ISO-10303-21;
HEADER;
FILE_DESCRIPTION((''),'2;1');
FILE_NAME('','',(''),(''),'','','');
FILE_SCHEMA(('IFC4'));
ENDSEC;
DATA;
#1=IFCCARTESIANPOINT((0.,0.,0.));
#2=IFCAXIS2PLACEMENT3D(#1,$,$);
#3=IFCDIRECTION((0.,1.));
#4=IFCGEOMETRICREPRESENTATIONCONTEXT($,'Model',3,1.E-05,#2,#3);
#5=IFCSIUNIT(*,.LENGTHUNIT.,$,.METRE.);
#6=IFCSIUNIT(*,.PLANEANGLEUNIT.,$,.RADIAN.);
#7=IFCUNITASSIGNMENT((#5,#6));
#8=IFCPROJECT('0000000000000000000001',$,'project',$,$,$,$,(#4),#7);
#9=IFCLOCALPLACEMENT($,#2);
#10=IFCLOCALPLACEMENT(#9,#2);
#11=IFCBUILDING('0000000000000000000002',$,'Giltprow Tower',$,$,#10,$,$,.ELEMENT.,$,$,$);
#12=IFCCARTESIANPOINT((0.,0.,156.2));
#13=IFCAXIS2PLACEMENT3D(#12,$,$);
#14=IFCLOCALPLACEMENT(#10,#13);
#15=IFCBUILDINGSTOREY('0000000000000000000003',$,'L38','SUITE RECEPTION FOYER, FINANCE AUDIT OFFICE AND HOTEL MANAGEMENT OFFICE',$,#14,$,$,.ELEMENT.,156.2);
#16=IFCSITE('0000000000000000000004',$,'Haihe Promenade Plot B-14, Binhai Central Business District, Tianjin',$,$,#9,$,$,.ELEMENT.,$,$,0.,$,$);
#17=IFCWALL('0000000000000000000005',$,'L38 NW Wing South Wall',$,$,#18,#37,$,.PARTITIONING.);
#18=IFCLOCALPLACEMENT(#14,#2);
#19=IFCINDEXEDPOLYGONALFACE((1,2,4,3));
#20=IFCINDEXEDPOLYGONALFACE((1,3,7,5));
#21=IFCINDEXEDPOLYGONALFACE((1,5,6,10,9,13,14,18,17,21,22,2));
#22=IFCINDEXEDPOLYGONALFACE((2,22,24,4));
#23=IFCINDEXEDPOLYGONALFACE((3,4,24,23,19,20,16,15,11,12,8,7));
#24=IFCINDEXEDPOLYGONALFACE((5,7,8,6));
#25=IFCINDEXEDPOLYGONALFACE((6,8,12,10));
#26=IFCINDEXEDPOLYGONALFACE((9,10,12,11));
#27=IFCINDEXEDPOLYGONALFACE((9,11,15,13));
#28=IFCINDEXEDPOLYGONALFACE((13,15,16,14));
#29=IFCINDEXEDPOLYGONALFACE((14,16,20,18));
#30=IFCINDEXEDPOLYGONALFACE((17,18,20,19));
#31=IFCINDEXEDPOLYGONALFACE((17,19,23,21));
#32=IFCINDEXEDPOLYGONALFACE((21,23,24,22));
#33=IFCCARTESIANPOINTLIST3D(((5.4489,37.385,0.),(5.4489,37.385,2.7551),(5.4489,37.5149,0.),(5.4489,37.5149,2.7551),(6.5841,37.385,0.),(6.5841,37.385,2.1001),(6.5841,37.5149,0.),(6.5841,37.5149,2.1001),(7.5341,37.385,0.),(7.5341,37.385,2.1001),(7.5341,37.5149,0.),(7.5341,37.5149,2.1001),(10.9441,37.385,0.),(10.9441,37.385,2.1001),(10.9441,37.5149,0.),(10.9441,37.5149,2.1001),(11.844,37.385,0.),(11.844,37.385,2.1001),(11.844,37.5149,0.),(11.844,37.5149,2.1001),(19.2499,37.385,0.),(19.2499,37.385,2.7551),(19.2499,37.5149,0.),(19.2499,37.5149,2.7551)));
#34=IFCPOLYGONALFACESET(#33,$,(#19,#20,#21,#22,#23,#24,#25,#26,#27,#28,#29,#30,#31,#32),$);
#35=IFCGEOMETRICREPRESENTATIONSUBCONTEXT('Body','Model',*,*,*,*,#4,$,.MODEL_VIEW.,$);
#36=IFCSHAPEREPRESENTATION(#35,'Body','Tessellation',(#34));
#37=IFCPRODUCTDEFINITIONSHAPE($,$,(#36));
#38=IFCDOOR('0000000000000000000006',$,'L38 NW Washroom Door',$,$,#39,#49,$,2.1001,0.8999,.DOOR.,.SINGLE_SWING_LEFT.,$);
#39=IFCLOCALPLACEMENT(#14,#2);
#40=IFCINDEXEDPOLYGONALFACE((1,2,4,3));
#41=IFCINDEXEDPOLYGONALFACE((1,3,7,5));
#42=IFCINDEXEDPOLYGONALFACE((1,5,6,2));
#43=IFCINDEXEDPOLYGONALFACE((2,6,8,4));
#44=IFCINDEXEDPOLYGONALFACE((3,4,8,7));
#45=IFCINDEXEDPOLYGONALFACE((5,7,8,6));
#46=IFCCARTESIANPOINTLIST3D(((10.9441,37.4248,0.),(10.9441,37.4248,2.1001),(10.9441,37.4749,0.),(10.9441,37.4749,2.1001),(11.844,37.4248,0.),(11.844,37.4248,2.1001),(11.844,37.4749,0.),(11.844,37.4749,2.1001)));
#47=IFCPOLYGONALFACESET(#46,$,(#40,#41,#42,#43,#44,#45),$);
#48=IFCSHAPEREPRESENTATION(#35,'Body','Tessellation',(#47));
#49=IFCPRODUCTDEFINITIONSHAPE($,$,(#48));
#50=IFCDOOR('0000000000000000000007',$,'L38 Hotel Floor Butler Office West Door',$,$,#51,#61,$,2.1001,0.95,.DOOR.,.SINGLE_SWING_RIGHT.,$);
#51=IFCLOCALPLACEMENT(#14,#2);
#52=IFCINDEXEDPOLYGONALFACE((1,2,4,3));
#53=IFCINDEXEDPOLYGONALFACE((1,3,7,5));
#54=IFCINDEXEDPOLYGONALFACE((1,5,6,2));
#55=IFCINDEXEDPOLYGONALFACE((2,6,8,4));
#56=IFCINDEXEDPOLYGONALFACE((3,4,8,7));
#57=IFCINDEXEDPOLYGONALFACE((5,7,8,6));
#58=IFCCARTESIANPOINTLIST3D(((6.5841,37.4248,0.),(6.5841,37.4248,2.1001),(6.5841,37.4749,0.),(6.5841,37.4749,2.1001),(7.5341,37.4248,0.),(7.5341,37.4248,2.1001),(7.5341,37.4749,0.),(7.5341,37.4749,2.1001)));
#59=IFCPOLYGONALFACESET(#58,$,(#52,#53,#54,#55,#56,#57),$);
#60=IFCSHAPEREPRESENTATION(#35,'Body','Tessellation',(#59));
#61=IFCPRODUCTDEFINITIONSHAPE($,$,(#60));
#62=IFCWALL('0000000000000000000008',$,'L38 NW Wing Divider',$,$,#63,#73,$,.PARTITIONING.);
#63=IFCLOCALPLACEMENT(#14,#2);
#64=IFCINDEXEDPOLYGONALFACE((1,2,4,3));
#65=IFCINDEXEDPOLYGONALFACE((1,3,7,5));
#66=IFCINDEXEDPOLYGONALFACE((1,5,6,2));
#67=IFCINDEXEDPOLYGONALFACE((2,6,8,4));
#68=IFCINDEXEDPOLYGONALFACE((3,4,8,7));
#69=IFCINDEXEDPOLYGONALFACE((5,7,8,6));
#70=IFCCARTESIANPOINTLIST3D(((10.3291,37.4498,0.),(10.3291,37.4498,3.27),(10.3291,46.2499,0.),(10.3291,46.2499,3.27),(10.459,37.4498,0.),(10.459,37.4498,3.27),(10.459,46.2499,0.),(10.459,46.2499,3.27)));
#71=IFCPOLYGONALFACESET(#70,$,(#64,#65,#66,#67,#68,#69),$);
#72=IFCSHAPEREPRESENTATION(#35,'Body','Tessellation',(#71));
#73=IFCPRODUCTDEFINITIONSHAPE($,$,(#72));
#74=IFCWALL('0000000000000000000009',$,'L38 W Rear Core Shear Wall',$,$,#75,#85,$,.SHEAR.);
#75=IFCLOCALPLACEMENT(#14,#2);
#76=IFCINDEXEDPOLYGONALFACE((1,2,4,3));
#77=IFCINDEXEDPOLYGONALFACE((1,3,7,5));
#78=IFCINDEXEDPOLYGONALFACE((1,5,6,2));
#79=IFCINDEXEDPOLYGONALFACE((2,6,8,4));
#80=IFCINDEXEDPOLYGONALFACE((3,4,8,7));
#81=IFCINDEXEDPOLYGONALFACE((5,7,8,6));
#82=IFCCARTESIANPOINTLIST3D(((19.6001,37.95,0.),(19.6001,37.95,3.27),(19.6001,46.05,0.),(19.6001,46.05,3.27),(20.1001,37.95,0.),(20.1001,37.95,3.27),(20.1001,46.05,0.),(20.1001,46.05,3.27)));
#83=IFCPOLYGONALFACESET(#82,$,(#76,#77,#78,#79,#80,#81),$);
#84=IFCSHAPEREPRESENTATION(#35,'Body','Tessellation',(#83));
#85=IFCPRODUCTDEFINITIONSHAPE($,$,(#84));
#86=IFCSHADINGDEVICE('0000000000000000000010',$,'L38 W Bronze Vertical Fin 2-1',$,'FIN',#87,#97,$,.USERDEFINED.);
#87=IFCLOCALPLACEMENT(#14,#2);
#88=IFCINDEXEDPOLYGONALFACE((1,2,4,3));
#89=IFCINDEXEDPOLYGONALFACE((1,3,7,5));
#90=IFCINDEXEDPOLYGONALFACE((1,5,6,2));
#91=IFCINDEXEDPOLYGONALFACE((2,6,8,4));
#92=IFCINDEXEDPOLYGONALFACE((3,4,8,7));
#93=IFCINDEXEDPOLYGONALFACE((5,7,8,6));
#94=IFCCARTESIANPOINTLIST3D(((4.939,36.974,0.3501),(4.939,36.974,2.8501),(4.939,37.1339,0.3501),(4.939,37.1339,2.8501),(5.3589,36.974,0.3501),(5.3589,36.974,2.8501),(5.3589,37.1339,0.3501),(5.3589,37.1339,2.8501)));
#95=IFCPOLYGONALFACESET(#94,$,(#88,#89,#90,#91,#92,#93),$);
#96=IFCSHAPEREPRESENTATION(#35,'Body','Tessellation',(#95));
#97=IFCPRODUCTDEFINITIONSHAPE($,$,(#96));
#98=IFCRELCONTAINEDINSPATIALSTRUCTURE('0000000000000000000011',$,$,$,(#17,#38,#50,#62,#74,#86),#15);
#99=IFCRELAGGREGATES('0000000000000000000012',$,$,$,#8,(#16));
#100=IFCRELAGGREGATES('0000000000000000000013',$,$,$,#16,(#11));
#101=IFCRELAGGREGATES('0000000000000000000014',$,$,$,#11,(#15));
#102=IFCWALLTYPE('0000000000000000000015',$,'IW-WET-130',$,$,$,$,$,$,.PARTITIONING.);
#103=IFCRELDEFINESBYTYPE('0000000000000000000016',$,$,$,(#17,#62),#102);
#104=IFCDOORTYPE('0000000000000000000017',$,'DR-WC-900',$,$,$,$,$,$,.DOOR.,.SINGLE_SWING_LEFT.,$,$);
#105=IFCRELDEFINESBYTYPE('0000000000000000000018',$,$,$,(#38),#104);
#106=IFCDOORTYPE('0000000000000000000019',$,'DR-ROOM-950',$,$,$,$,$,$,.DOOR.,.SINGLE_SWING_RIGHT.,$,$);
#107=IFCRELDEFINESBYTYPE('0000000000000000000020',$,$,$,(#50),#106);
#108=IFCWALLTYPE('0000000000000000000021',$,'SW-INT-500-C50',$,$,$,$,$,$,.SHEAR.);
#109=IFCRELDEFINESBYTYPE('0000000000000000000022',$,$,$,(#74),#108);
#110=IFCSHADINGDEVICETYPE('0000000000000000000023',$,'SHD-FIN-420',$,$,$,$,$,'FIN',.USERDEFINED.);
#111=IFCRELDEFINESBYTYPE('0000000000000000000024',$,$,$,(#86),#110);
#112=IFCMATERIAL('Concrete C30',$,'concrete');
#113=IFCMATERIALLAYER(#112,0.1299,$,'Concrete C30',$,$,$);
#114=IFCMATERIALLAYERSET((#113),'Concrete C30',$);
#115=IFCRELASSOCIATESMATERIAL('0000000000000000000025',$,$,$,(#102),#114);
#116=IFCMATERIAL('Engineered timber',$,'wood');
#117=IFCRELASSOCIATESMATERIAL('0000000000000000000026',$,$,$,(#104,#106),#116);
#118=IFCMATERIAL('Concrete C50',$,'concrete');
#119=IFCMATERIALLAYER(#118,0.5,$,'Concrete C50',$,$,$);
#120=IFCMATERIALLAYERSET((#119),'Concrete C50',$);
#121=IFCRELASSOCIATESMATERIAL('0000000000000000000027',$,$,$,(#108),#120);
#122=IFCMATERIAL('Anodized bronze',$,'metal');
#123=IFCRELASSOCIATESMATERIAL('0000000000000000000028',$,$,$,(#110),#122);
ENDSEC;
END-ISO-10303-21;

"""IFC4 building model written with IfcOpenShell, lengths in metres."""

from ifc_helpers import new_model, si_unit, direction, frame, frame_2d, origin, origin_2d, place, context, subcontext, project, spatial, rectangle, extrude, source, transform, mapped, material, layer, layer_set, type_object, element, fill, save


model = new_model("IFC4")

# Units and contexts
model_context = context("Model", 3, precision=1e-05, world=origin(), true_north=direction((0.0, 1.0)))
body_context = subcontext(model_context, "Body", "Model", "MODEL_VIEW")
ifc_project = project(units=[si_unit("LENGTHUNIT", "METRE"), si_unit("PLANEANGLEUNIT", "RADIAN")], contexts=[model_context])

# Site, building, storey
site_placement = place(None, origin())
site = spatial("IfcSite", under=ifc_project, at=site_placement, Name="Haihe Promenade Plot B-14, Binhai Central Business District, Tianjin", CompositionType="ELEMENT", RefElevation=0.0)
building_placement = place(site_placement, origin())
building = spatial("IfcBuilding", under=site, at=building_placement, Name="Giltprow Tower", CompositionType="ELEMENT")
storey_placement = place(building_placement, frame((0.0, 0.0, 156.2)))
storey = spatial("IfcBuildingStorey", under=building, at=storey_placement, Name="L38", Description="SUITE RECEPTION FOYER, FINANCE AUDIT OFFICE AND HOTEL MANAGEMENT OFFICE", CompositionType="ELEMENT", Elevation=156.2)

# Shared definitions
ifc_material_1 = material(Name="Concrete C50", Category="concrete")

# Shared definitions
ifc_material_2 = material(Name="Engineered timber", Category="wood")

# Wall, openings, doors
ifc_material_3 = material(Name="Concrete C30", Category="concrete")
ifc_layer_1 = layer(ifc_material_3, 0.1299, Name="Concrete C30")
ifc_layer_set_1 = layer_set([ifc_layer_1], Name="Concrete C30")
wall_type_1 = type_object("IfcWallType", Name="IW-WET-130", PredefinedType="PARTITIONING", material=ifc_layer_set_1)
wall_1_placement = place(storey_placement, frame((5.449, 37.45, 0.0), z_axis=(0.0, 0.0, 1.0), x_axis=(1.0, 0.0, 0.0)))
wall_1 = element("IfcWall", 1, at=wall_1_placement, inside=storey, type_object=wall_type_1, Name="L38 NW Wing South Wall", PredefinedType="PARTITIONING", context=body_context, shape_type="SweptSolid", body=[
    extrude(rectangle(XDim=13.801, YDim=0.1299, at=frame_2d((6.9004, 0.0))), origin(), (0.0, 0.0, 1.0), 2.7551),
])
opening_1_placement = place(wall_1_placement, frame((1.135, 0.0, 0.0)))
opening_1 = element("IfcOpeningElement", 2, at=opening_1_placement, cuts=wall_1, PredefinedType="OPENING", context=body_context, shape_type="SweptSolid", body=[
    extrude(rectangle(XDim=0.95, YDim=2.1001, at=frame_2d((0.4751, 1.05))), frame((0.0, 0.075, 0.0), z_axis=(0.0, -1.0, 0.0), x_axis=(1.0, 0.0, 0.0)), (0.0, 0.0, 1.0), 0.1499),
])
opening_2_placement = place(wall_1_placement, frame((5.4951, 0.0, 0.0)))
opening_2 = element("IfcOpeningElement", 3, at=opening_2_placement, cuts=wall_1, PredefinedType="OPENING", context=body_context, shape_type="SweptSolid", body=[
    extrude(rectangle(XDim=0.8999, YDim=2.1001, at=frame_2d((0.45, 1.05))), frame((0.0, 0.075, 0.0), z_axis=(0.0, -1.0, 0.0), x_axis=(1.0, 0.0, 0.0)), (0.0, 0.0, 1.0), 0.1499),
])
door_type_1 = type_object("IfcDoorType", Name="DR-WC-900", OperationType="SINGLE_SWING_LEFT", PredefinedType="DOOR", material=ifc_material_2)
shared_shape_1 = source(origin(), body_context, "Body", "SweptSolid", [
    extrude(rectangle(XDim=0.8999, YDim=2.1001, at=frame_2d((0.45, 1.05))), frame((0.0, 0.0249, 0.0), z_axis=(0.0, -1.0, 0.0), x_axis=(1.0, 0.0, 0.0)), (0.0, 0.0, 1.0), 0.05),
])
door_1_placement = place(opening_2_placement, origin())
door_1 = element("IfcDoor", 4, at=door_1_placement, inside=storey, type_object=door_type_1, Name="L38 NW Washroom Door", OperationType="SINGLE_SWING_LEFT", OverallHeight=2.1001, OverallWidth=0.8999, PredefinedType="DOOR", context=body_context, shape_type="MappedRepresentation", body=[
    mapped(shared_shape_1, transform((0.0, 0.0, 0.0), x_axis=(1.0, 0.0, 0.0), y_axis=(0.0, 1.0, 0.0), z_axis=(0.0, 0.0, 1.0), scale=1.0)),
])
fill(opening_2, door_1)
door_type_2 = type_object("IfcDoorType", Name="DR-ROOM-950", OperationType="SINGLE_SWING_RIGHT", PredefinedType="DOOR", material=ifc_material_2)
shared_shape_2 = source(origin(), body_context, "Body", "SweptSolid", [
    extrude(rectangle(XDim=0.95, YDim=2.1001, at=frame_2d((0.4751, 1.05))), frame((0.0, 0.0249, 0.0), z_axis=(0.0, -1.0, 0.0), x_axis=(1.0, 0.0, 0.0)), (0.0, 0.0, 1.0), 0.05),
])
door_2_placement = place(opening_1_placement, origin())
door_2 = element("IfcDoor", 5, at=door_2_placement, inside=storey, type_object=door_type_2, Name="L38 Hotel Floor Butler Office West Door", OperationType="SINGLE_SWING_RIGHT", OverallHeight=2.1001, OverallWidth=0.95, PredefinedType="DOOR", context=body_context, shape_type="MappedRepresentation", body=[
    mapped(shared_shape_2, transform((0.0, 0.0, 0.0), x_axis=(1.0, 0.0, 0.0), y_axis=(0.0, 1.0, 0.0), z_axis=(0.0, 0.0, 1.0), scale=1.0)),
])
fill(opening_1, door_2)

# Walls
wall_2_placement = place(storey_placement, frame((10.394, 37.45, 0.0), z_axis=(0.0, 0.0, 1.0), x_axis=(0.0, 1.0, 0.0)))
element("IfcWall", 6, at=wall_2_placement, inside=storey, type_object=wall_type_1, Name="L38 NW Wing Divider", PredefinedType="PARTITIONING", context=body_context, shape_type="SweptSolid", body=[
    extrude(rectangle(XDim=8.8, YDim=0.1299, at=frame_2d((4.3999, 0.0))), origin(), (0.0, 0.0, 1.0), 3.27),
])
ifc_layer_2 = layer(ifc_material_1, 0.5, Name="Concrete C50")
ifc_layer_set_2 = layer_set([ifc_layer_2], Name="Concrete C50")
wall_type_2 = type_object("IfcWallType", Name="SW-INT-500-C50", PredefinedType="SHEAR", material=ifc_layer_set_2)
wall_3_placement = place(storey_placement, frame((19.8501, 37.95, 0.0), z_axis=(0.0, 0.0, 1.0), x_axis=(0.0, 1.0, 0.0)))
element("IfcWall", 7, at=wall_3_placement, inside=storey, type_object=wall_type_2, Name="L38 W Rear Core Shear Wall", PredefinedType="SHEAR", context=body_context, shape_type="SweptSolid", body=[
    extrude(rectangle(XDim=8.1001, YDim=0.5, at=frame_2d((4.05, 0.0))), origin(), (0.0, 0.0, 1.0), 3.27),
])

# Shading device
ifc_material_4 = material(Name="Anodized bronze", Category="metal")
shading_device_type = type_object("IfcShadingDeviceType", Name="SHD-FIN-420", ElementType="FIN", PredefinedType="USERDEFINED", material=ifc_material_4)
shared_shape_3 = source(origin(), body_context, "Body", "SweptSolid", [
    extrude(rectangle(XDim=0.4199, YDim=0.1599, at=origin_2d()), origin(), (0.0, 0.0, 1.0), 2.5),
])
shading_device_placement = place(storey_placement, frame((5.1489, 37.054, 0.3501), z_axis=(0.0, 0.0, 1.0), x_axis=(1.0, 0.0, 0.0)))
element("IfcShadingDevice", 8, at=shading_device_placement, inside=storey, type_object=shading_device_type, Name="L38 W Bronze Vertical Fin 2-1", ObjectType="FIN", PredefinedType="USERDEFINED", context=body_context, shape_type="MappedRepresentation", body=[
    mapped(shared_shape_3, transform((0.0, 0.0, 0.0), x_axis=(1.0, 0.0, 0.0), y_axis=(0.0, 1.0, 0.0), z_axis=(0.0, 0.0, 1.0), scale=1.0)),
])

save(model, "model.ifc")
